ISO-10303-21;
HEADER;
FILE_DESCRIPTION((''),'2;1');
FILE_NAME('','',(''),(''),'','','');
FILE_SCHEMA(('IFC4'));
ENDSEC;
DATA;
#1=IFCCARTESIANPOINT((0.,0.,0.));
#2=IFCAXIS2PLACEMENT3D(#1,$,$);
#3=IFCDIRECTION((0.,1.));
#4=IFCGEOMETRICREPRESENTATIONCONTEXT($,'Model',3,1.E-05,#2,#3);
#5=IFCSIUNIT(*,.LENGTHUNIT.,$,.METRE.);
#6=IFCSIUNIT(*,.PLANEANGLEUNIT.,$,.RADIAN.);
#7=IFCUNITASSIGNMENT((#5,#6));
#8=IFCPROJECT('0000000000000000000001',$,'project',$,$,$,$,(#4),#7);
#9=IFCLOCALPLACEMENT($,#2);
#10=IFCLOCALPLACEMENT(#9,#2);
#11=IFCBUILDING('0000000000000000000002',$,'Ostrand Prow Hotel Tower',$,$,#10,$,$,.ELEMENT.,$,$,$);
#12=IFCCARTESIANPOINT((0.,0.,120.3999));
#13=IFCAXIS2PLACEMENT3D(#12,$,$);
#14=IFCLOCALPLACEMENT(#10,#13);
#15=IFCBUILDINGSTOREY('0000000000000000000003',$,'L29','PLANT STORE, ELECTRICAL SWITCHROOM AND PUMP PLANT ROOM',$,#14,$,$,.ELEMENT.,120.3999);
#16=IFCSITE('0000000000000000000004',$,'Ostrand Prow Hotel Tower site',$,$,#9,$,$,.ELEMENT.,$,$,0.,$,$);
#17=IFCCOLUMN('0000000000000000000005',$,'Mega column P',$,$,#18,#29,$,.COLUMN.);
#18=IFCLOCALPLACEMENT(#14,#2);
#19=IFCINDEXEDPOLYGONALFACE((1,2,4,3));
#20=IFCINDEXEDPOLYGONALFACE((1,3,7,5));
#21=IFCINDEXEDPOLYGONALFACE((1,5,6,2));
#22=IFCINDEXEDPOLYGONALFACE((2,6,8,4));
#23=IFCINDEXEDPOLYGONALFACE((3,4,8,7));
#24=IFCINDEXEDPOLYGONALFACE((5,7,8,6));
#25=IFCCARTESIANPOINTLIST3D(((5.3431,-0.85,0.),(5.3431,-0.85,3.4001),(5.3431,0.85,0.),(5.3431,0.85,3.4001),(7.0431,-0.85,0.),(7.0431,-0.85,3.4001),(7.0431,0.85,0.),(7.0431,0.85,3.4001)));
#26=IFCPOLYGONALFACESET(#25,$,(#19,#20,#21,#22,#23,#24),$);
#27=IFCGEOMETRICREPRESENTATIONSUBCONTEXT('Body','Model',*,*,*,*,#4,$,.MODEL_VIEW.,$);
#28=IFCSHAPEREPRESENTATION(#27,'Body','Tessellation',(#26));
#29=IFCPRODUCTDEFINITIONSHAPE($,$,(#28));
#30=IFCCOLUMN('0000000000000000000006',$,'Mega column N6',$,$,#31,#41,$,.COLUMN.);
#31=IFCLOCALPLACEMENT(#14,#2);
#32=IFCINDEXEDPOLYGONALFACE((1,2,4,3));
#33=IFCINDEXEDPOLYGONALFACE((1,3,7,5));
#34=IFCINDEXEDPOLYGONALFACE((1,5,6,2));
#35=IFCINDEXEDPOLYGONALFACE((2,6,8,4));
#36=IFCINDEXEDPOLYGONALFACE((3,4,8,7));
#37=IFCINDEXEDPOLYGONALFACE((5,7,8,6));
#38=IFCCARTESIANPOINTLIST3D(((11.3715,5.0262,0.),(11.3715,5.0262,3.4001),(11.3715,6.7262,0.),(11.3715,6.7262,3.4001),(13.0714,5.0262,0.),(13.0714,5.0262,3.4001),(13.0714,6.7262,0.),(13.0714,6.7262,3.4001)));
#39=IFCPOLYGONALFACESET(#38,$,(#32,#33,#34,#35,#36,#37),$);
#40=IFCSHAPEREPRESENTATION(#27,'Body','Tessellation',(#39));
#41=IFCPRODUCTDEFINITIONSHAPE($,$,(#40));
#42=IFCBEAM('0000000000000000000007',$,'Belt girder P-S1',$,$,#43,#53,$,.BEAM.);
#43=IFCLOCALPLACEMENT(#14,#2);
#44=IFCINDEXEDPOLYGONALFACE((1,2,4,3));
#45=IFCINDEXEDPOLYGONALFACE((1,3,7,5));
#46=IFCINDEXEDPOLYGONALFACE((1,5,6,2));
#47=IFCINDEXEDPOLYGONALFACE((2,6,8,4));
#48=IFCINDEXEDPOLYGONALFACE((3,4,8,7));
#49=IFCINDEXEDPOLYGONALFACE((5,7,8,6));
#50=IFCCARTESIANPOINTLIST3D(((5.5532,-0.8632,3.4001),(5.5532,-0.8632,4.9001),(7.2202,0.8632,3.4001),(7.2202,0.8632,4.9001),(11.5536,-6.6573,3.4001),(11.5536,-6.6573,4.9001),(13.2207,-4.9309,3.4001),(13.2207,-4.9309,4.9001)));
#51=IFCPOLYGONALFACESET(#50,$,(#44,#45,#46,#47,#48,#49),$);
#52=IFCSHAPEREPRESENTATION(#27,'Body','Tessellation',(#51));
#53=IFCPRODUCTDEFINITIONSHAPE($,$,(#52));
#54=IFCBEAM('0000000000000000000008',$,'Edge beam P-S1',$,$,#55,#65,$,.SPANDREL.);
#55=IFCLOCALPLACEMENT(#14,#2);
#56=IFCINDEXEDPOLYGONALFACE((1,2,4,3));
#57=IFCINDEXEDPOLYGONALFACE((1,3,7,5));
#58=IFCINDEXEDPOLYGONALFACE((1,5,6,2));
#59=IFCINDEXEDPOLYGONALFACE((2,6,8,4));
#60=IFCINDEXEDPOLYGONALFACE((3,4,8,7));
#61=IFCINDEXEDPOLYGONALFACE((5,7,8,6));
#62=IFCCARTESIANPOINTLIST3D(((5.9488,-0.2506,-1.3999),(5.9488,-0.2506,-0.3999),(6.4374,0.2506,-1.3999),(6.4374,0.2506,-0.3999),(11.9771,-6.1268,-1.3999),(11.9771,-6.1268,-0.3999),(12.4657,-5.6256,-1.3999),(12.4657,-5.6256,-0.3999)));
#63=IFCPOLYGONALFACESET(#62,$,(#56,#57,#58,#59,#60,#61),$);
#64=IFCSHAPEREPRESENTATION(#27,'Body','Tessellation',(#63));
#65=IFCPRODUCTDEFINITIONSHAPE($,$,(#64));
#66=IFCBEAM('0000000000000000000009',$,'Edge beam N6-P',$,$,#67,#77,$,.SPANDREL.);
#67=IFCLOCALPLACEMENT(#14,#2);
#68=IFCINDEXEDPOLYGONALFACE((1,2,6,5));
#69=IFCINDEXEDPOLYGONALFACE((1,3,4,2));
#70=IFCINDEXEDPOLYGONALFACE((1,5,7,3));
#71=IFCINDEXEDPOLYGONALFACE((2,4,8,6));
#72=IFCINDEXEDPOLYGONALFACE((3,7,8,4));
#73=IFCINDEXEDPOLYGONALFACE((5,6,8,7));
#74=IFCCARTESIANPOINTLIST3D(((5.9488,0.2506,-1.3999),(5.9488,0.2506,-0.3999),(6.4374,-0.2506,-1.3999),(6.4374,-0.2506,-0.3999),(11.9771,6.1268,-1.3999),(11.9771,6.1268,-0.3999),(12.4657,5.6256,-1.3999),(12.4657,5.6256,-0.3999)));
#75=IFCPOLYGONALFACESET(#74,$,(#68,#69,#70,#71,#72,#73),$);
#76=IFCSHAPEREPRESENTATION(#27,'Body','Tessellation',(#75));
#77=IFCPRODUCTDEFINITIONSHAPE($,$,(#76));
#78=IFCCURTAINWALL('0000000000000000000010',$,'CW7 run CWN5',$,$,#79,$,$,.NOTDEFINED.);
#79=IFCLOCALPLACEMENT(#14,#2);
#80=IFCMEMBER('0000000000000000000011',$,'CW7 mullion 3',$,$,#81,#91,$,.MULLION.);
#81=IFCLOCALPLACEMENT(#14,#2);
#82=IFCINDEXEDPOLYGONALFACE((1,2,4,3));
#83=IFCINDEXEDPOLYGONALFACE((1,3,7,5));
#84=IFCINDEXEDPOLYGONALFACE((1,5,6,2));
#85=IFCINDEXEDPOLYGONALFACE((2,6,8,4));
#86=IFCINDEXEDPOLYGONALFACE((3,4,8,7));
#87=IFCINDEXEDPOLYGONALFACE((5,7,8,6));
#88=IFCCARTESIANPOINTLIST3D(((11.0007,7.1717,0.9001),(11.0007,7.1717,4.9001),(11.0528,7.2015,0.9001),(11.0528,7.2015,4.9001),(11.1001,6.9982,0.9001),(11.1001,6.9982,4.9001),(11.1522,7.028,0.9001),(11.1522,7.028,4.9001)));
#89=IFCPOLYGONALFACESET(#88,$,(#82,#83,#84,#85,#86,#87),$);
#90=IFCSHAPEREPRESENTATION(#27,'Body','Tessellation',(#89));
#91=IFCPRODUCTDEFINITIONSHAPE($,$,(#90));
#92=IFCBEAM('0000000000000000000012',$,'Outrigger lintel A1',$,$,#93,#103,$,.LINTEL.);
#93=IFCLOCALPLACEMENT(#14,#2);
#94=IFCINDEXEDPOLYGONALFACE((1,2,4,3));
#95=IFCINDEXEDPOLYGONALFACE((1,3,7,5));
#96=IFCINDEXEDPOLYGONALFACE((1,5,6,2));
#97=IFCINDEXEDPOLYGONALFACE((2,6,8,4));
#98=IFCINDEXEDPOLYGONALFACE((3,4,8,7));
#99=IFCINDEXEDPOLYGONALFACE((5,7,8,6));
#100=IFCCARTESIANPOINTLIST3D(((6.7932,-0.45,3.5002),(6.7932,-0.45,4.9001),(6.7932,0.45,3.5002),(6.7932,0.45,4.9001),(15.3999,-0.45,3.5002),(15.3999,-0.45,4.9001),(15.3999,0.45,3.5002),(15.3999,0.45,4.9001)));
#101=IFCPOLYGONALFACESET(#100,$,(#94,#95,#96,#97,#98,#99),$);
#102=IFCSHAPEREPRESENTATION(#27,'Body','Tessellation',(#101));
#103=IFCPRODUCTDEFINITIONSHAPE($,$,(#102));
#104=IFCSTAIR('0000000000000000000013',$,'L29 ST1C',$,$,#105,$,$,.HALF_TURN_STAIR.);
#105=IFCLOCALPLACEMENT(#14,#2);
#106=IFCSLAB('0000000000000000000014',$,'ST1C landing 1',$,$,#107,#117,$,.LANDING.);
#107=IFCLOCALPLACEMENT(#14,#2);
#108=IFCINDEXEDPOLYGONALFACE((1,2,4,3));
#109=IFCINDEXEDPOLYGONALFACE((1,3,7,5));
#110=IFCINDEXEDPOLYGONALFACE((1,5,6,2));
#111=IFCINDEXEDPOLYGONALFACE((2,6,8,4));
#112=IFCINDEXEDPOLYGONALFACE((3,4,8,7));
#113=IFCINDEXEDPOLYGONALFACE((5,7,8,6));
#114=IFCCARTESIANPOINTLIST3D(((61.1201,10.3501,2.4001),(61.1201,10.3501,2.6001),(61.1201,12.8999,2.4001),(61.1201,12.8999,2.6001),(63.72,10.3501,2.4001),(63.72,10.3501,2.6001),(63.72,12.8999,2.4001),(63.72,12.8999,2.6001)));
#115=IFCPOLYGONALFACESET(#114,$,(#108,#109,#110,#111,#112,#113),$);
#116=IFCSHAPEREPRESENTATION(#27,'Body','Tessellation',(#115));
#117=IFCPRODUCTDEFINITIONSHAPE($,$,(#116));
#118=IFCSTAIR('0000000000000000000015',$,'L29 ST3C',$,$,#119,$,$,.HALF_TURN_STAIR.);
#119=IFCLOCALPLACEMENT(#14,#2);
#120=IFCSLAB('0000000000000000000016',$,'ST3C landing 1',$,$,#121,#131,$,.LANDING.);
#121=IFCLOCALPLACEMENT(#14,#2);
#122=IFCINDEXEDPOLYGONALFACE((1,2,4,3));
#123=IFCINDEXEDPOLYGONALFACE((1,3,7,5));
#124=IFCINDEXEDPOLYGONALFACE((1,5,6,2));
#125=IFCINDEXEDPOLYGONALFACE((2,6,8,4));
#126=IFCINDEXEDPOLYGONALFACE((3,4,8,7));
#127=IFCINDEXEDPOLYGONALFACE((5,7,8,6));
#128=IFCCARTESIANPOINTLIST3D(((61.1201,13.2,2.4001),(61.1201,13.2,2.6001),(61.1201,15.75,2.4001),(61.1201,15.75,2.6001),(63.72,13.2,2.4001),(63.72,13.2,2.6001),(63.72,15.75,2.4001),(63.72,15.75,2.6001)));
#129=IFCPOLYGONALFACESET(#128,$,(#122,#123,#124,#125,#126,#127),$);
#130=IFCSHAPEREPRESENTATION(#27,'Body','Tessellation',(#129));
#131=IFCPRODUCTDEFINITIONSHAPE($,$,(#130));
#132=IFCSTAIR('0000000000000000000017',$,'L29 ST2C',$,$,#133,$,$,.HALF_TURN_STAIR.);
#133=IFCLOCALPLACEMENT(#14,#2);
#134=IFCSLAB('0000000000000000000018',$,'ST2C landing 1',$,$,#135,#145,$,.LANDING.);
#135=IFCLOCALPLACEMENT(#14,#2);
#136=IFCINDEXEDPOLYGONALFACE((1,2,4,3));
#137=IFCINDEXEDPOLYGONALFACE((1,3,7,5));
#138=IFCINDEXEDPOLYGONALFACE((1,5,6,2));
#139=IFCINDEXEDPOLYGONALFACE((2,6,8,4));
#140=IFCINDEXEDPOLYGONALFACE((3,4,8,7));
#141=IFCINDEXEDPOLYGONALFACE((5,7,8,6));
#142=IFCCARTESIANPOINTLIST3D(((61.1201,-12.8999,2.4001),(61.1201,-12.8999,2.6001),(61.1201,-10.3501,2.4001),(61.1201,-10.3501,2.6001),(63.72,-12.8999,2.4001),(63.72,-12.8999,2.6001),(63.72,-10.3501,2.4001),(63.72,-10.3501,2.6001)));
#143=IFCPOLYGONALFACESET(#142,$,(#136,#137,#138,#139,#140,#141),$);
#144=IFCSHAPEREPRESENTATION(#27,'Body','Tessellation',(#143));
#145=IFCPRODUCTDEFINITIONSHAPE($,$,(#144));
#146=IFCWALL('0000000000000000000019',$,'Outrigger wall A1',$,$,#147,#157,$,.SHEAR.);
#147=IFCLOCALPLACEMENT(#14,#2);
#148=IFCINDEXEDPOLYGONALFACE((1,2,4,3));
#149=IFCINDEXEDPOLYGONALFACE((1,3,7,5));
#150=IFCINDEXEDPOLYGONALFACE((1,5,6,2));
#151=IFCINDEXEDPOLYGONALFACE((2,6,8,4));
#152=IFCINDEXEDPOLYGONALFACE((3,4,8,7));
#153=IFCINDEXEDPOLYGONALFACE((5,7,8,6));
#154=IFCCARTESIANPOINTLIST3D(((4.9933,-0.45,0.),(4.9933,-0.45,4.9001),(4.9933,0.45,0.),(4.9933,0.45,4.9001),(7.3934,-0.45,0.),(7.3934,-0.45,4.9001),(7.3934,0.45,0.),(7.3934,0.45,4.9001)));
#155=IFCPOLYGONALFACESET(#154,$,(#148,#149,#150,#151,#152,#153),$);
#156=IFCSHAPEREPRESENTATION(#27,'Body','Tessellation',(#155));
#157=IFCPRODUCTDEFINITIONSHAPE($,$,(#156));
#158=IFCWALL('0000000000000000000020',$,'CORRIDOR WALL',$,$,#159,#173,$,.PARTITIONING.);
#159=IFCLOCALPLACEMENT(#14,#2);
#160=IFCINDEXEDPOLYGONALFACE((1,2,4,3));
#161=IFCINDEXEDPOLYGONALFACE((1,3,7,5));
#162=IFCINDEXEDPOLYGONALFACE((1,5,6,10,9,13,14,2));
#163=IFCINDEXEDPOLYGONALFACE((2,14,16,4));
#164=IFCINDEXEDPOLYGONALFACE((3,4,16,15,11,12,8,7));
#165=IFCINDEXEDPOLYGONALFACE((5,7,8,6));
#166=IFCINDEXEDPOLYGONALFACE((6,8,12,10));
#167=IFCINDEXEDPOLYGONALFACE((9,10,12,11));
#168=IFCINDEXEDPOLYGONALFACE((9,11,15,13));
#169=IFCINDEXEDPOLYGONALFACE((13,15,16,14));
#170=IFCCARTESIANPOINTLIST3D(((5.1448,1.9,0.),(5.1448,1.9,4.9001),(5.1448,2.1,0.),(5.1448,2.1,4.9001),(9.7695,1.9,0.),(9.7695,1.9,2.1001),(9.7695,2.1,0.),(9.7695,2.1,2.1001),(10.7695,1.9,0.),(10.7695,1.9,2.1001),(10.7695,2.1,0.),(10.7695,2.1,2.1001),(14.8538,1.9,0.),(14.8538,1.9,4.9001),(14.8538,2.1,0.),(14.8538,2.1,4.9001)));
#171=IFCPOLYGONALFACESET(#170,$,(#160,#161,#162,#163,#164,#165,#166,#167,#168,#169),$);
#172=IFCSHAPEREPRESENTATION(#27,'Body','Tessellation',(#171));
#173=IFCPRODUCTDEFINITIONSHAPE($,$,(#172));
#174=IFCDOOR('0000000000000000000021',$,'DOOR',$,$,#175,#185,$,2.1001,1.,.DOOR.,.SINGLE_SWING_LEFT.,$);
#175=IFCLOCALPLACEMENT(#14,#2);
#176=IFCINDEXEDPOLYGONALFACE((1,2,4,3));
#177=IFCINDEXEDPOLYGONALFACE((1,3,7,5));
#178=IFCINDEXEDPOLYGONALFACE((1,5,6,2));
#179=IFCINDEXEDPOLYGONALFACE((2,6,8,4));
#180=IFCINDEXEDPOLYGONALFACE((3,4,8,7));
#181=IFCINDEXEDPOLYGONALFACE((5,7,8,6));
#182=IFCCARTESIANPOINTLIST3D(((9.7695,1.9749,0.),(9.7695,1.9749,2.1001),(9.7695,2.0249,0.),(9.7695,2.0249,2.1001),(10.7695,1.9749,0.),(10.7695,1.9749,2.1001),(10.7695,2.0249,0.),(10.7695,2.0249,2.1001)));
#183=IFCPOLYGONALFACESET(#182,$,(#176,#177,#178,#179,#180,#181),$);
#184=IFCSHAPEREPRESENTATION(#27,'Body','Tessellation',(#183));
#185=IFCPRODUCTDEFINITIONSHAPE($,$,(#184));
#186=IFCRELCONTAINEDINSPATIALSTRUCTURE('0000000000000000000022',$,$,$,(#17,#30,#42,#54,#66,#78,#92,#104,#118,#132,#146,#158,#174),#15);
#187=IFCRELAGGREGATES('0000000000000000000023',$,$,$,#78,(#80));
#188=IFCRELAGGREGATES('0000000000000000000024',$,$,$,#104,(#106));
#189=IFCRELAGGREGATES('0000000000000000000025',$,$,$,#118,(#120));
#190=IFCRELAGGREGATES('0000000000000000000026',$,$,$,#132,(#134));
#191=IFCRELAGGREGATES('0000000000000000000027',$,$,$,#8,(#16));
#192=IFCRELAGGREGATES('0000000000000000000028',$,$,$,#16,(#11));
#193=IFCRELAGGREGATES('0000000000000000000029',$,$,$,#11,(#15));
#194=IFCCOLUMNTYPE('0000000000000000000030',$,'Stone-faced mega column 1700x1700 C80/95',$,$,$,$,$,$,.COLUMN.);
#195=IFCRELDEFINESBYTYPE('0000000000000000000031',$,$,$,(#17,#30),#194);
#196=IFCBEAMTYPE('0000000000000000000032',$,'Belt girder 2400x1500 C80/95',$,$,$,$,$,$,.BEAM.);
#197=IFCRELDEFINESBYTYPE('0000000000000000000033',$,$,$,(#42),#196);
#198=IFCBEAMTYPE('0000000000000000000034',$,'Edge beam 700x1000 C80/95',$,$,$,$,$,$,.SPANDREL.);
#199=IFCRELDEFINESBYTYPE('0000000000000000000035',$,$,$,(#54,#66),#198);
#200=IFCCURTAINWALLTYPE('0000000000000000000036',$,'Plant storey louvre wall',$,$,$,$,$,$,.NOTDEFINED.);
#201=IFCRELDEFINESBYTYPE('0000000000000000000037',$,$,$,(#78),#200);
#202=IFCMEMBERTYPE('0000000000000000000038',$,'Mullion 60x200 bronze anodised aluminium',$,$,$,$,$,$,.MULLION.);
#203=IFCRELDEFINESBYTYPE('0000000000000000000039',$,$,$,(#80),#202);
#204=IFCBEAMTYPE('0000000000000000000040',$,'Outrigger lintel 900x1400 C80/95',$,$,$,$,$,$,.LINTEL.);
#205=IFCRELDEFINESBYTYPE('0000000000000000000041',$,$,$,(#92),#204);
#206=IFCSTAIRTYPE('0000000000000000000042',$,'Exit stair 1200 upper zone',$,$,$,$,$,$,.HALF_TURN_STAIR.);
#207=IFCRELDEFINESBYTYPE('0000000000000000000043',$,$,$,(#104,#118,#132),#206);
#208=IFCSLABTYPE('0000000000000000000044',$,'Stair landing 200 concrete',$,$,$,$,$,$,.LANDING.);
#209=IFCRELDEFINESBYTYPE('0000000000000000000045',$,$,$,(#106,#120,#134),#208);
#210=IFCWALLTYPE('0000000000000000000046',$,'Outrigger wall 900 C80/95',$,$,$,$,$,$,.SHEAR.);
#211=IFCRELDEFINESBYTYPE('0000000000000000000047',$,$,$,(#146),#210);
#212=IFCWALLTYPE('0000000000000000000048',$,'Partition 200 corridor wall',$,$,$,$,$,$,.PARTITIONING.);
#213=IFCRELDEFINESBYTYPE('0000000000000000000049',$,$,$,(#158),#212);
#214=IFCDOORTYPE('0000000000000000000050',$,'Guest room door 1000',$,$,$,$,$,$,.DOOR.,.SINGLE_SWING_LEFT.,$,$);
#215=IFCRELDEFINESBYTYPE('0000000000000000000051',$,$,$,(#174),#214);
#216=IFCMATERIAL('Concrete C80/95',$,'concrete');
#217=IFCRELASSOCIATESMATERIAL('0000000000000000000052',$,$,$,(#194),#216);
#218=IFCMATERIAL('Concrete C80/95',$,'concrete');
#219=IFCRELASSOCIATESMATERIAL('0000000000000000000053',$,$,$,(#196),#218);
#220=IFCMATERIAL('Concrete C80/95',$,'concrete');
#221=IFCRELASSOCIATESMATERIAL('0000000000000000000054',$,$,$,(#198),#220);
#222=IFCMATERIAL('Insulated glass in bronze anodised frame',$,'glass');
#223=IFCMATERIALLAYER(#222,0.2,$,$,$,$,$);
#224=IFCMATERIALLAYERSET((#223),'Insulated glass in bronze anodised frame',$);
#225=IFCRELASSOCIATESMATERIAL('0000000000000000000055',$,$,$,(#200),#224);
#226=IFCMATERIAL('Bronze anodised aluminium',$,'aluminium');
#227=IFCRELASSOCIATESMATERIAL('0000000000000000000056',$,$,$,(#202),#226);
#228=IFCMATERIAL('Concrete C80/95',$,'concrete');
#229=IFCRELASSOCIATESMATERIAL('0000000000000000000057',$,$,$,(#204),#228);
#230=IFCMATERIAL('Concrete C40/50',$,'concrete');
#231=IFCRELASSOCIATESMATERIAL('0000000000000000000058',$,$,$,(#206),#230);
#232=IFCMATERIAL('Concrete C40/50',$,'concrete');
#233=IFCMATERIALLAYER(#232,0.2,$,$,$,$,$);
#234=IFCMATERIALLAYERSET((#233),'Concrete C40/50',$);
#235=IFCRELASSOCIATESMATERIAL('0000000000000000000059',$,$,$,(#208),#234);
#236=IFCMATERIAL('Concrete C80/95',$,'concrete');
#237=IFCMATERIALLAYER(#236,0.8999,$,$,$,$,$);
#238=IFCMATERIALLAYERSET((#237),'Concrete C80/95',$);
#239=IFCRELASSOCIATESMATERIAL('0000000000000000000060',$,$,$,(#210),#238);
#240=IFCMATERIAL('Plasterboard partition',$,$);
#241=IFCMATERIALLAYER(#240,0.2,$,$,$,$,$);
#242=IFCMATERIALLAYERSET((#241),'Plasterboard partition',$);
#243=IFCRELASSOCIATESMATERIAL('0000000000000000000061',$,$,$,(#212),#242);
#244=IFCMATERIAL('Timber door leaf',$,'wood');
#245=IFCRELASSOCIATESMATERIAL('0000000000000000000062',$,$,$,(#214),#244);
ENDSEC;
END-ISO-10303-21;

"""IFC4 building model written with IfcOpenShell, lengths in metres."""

from ifc_helpers import new_model, si_unit, direction, frame, frame_2d, origin, origin_2d, place, context, subcontext, project, spatial, polyline, rectangle, outline, extrude, material, layer, layer_set, material_profile, profile_set, type_object, element, fill, aggregate, save


model = new_model("IFC4")

# Units and contexts
model_context = context("Model", 3, precision=1e-05, world=origin(), true_north=direction((0.0, 1.0)))
body_context = subcontext(model_context, "Body", "Model", "MODEL_VIEW")
ifc_project = project(units=[si_unit("LENGTHUNIT", "METRE"), si_unit("PLANEANGLEUNIT", "RADIAN")], contexts=[model_context])

# Site, building, storey
site_placement = place(None, origin())
site = spatial("IfcSite", under=ifc_project, at=site_placement, Name="Ostrand Prow Hotel Tower site", CompositionType="ELEMENT", RefElevation=0.0)
building_placement = place(site_placement, origin())
building = spatial("IfcBuilding", under=site, at=building_placement, Name="Ostrand Prow Hotel Tower", CompositionType="ELEMENT")
storey_placement = place(building_placement, frame((0.0, 0.0, 120.3999)))
storey = spatial("IfcBuildingStorey", under=building, at=storey_placement, Name="L29", Description="PLANT STORE, ELECTRICAL SWITCHROOM AND PUMP PLANT ROOM", CompositionType="ELEMENT", Elevation=120.3999)

# Columns
ifc_material_1 = material(Name="Concrete C80/95", Category="concrete")
ifc_material_profile_1 = material_profile(ifc_material_1, rectangle(XDim=1.7, YDim=1.7, at=origin_2d()), Name="RC 1700x1700")
ifc_profile_set_1 = profile_set([ifc_material_profile_1], Name="Concrete C80/95")
column_type = type_object("IfcColumnType", Name="Stone-faced mega column 1700x1700 C80/95", PredefinedType="COLUMN", material=ifc_profile_set_1)
for number, where, z_axis, x_axis, name in (
    (1, (6.1931, 0.0, 0.0), (0.0, 0.0, 1.0), (1.0, 0.0, 0.0), "Mega column P"),
    (2, (12.2214, 5.8762, 0.0), (0.0, 0.0, 1.0), (1.0, 0.0, 0.0), "Mega column N6"),
):
    element("IfcColumn", number, at=place(storey_placement, frame(where, z_axis=z_axis, x_axis=x_axis)), inside=storey, type_object=column_type, Name=name, PredefinedType="COLUMN", context=body_context, shape_type="SweptSolid", body=[
        extrude(rectangle(XDim=1.7, YDim=1.7, at=origin_2d()), origin(), (0.0, 0.0, 1.0), 3.4001),
    ])

# Beams
ifc_material_2 = material(Name="Concrete C80/95", Category="concrete")
ifc_material_profile_2 = material_profile(ifc_material_2, rectangle(XDim=2.3999, YDim=1.5, at=origin_2d()), Name="RC 2400x1500")
ifc_profile_set_2 = profile_set([ifc_material_profile_2], Name="Concrete C80/95")
beam_type_1 = type_object("IfcBeamType", Name="Belt girder 2400x1500 C80/95", PredefinedType="BEAM", material=ifc_profile_set_2)
beam_1_placement = place(storey_placement, frame((6.3867, 0.0, 4.1501), z_axis=(0.719365, -0.694633, 0.0), x_axis=(0.694633, 0.719365, 0.0)))
element("IfcBeam", 3, at=beam_1_placement, inside=storey, type_object=beam_type_1, Name="Belt girder P-S1", PredefinedType="BEAM", context=body_context, shape_type="SweptSolid", body=[
    extrude(rectangle(XDim=2.3999, YDim=1.5, at=origin_2d()), origin(), (0.0, 0.0, 1.0), 8.3413),
])
ifc_material_3 = material(Name="Concrete C80/95", Category="concrete")
ifc_material_profile_3 = material_profile(ifc_material_3, rectangle(XDim=0.7, YDim=1.0, at=origin_2d()), Name="RC 700x1000")
ifc_profile_set_3 = profile_set([ifc_material_profile_3], Name="Concrete C80/95")
beam_type_2 = type_object("IfcBeamType", Name="Edge beam 700x1000 C80/95", PredefinedType="SPANDREL", material=ifc_profile_set_3)
for number, where, z_axis, x_axis, name in (
    (4, (6.1931, 0.0, -0.8999), (0.716083, -0.698015, 0.0), (0.698015, 0.716083, 0.0), "Edge beam P-S1"),
    (5, (12.2214, 5.8762, -0.8999), (-0.716083, -0.698015, 0.0), (0.698015, -0.716083, 0.0), "Edge beam N6-P"),
):
    element("IfcBeam", number, at=place(storey_placement, frame(where, z_axis=z_axis, x_axis=x_axis)), inside=storey, type_object=beam_type_2, Name=name, PredefinedType="SPANDREL", context=body_context, shape_type="SweptSolid", body=[
        extrude(rectangle(XDim=0.7, YDim=1.0, at=origin_2d()), origin(), (0.0, 0.0, 1.0), 8.4185),
    ])

# Curtain wall, member
ifc_material_4 = material(Name="Insulated glass in bronze anodised frame", Category="glass")
ifc_layer_1 = layer(ifc_material_4, 0.2)
ifc_layer_set_1 = layer_set([ifc_layer_1], Name="Insulated glass in bronze anodised frame")
curtain_wall_type = type_object("IfcCurtainWallType", Name="Plant storey louvre wall", PredefinedType="NOTDEFINED", material=ifc_layer_set_1)
curtain_wall_placement = place(storey_placement, origin())
curtain_wall = element("IfcCurtainWall", 6, at=curtain_wall_placement, inside=storey, type_object=curtain_wall_type, Name="CW7 run CWN5", PredefinedType="NOTDEFINED")
ifc_material_5 = material(Name="Bronze anodised aluminium", Category="aluminium")
ifc_material_profile_4 = material_profile(ifc_material_5, rectangle(XDim=0.2, YDim=0.0601, at=origin_2d()), Name="Mullion 60x200 bronze anodised aluminium")
ifc_profile_set_4 = profile_set([ifc_material_profile_4], Name="Bronze anodised aluminium")
member_type = type_object("IfcMemberType", Name="Mullion 60x200 bronze anodised aluminium", PredefinedType="MULLION", material=ifc_profile_set_4)
member_placement = place(storey_placement, frame((11.0764, 7.0999, 0.9001), z_axis=(0.0, 0.0, 1.0), x_axis=(0.497115, -0.867685, 0.0)))
member = element("IfcMember", 7, at=member_placement, type_object=member_type, Name="CW7 mullion 3", PredefinedType="MULLION", context=body_context, shape_type="SweptSolid", body=[
    extrude(rectangle(XDim=0.2, YDim=0.0601, at=origin_2d()), origin(), (0.0, 0.0, 1.0), 4.0),
])
aggregate(curtain_wall, [member])

# Beam
ifc_material_6 = material(Name="Concrete C80/95", Category="concrete")
ifc_material_profile_5 = material_profile(ifc_material_6, rectangle(XDim=0.8999, YDim=1.3999, at=origin_2d()), Name="RC 900x1400")
ifc_profile_set_5 = profile_set([ifc_material_profile_5], Name="Concrete C80/95")
beam_type_3 = type_object("IfcBeamType", Name="Outrigger lintel 900x1400 C80/95", PredefinedType="LINTEL", material=ifc_profile_set_5)
beam_2_placement = place(storey_placement, frame((6.7932, 0.0, 4.2002), z_axis=(1.0, 0.0, 0.0), x_axis=(0.0, 1.0, 0.0)))
element("IfcBeam", 8, at=beam_2_placement, inside=storey, type_object=beam_type_3, Name="Outrigger lintel A1", PredefinedType="LINTEL", context=body_context, shape_type="SweptSolid", body=[
    extrude(rectangle(XDim=0.8999, YDim=1.3999, at=origin_2d()), origin(), (0.0, 0.0, 1.0), 8.6067),
])

# Stairs, slabs
ifc_material_7 = material(Name="Concrete C40/50", Category="concrete")
stair_type = type_object("IfcStairType", Name="Exit stair 1200 upper zone", PredefinedType="HALF_TURN_STAIR", material=ifc_material_7)
stair_1_placement = place(storey_placement, origin())
stair_1 = element("IfcStair", 9, at=stair_1_placement, inside=storey, type_object=stair_type, Name="L29 ST1C", PredefinedType="HALF_TURN_STAIR")
ifc_material_8 = material(Name="Concrete C40/50", Category="concrete")
ifc_layer_2 = layer(ifc_material_8, 0.2)
ifc_layer_set_2 = layer_set([ifc_layer_2], Name="Concrete C40/50")
slab_type = type_object("IfcSlabType", Name="Stair landing 200 concrete", PredefinedType="LANDING", material=ifc_layer_set_2)
slab_1_placement = place(storey_placement, frame((0.0, 0.0, 2.4001)))
slab_1 = element("IfcSlab", 10, at=slab_1_placement, type_object=slab_type, Name="ST1C landing 1", PredefinedType="LANDING", context=body_context, shape_type="SweptSolid", body=[
    extrude(outline(polyline([(61.1201, 10.3501), (63.72, 10.3501), (63.72, 12.8999), (61.1201, 12.8999), (61.1201, 10.3501)])), origin(), (0.0, 0.0, 1.0), 0.2),
])
aggregate(stair_1, [slab_1])
stair_2_placement = place(storey_placement, origin())
stair_2 = element("IfcStair", 11, at=stair_2_placement, inside=storey, type_object=stair_type, Name="L29 ST3C", PredefinedType="HALF_TURN_STAIR")
slab_2_placement = place(storey_placement, frame((0.0, 0.0, 2.4001)))
slab_2 = element("IfcSlab", 12, at=slab_2_placement, type_object=slab_type, Name="ST3C landing 1", PredefinedType="LANDING", context=body_context, shape_type="SweptSolid", body=[
    extrude(outline(polyline([(61.1201, 13.2), (63.72, 13.2), (63.72, 15.75), (61.1201, 15.75), (61.1201, 13.2)])), origin(), (0.0, 0.0, 1.0), 0.2),
])
aggregate(stair_2, [slab_2])
stair_3_placement = place(storey_placement, origin())
stair_3 = element("IfcStair", 13, at=stair_3_placement, inside=storey, type_object=stair_type, Name="L29 ST2C", PredefinedType="HALF_TURN_STAIR")
slab_3_placement = place(storey_placement, frame((0.0, 0.0, 2.4001)))
slab_3 = element("IfcSlab", 14, at=slab_3_placement, type_object=slab_type, Name="ST2C landing 1", PredefinedType="LANDING", context=body_context, shape_type="SweptSolid", body=[
    extrude(outline(polyline([(61.1201, -12.8999), (63.72, -12.8999), (63.72, -10.3501), (61.1201, -10.3501), (61.1201, -12.8999)])), origin(), (0.0, 0.0, 1.0), 0.2),
])
aggregate(stair_3, [slab_3])

# Wall
ifc_material_9 = material(Name="Concrete C80/95", Category="concrete")
ifc_layer_3 = layer(ifc_material_9, 0.8999)
ifc_layer_set_3 = layer_set([ifc_layer_3], Name="Concrete C80/95")
wall_type_1 = type_object("IfcWallType", Name="Outrigger wall 900 C80/95", PredefinedType="SHEAR", material=ifc_layer_set_3)
wall_1_placement = place(storey_placement, frame((4.9932, 0.0, 0.0), z_axis=(0.0, 0.0, 1.0), x_axis=(1.0, 0.0, 0.0)))
element("IfcWall", 15, at=wall_1_placement, inside=storey, type_object=wall_type_1, Name="Outrigger wall A1", PredefinedType="SHEAR", context=body_context, shape_type="SweptSolid", body=[
    extrude(rectangle(XDim=2.4001, YDim=0.8999, at=frame_2d((1.2002, 0.0))), origin(), (0.0, 0.0, 1.0), 4.9001),
])

# Wall, opening, door
ifc_material_10 = material(Name="Plasterboard partition")
ifc_layer_4 = layer(ifc_material_10, 0.2)
ifc_layer_set_4 = layer_set([ifc_layer_4], Name="Plasterboard partition")
wall_type_2 = type_object("IfcWallType", Name="Partition 200 corridor wall", PredefinedType="PARTITIONING", material=ifc_layer_set_4)
wall_2_placement = place(storey_placement, frame((5.1448, 2.0, 0.0), z_axis=(0.0, 0.0, 1.0), x_axis=(1.0, 0.0, 0.0)))
wall_2 = element("IfcWall", 16, at=wall_2_placement, inside=storey, type_object=wall_type_2, Name="CORRIDOR WALL", PredefinedType="PARTITIONING", context=body_context, shape_type="SweptSolid", body=[
    extrude(rectangle(XDim=9.709, YDim=0.2, at=frame_2d((4.8545, 0.0))), origin(), (0.0, 0.0, 1.0), 4.9001),
])
opening_placement = place(wall_2_placement, frame((4.6248, 0.0, 0.0)))
opening = element("IfcOpeningElement", 17, at=opening_placement, cuts=wall_2, PredefinedType="OPENING", context=body_context, shape_type="SweptSolid", body=[
    extrude(rectangle(XDim=1.0, YDim=2.1001, at=frame_2d((0.5, 1.05))), frame((0.0, 0.1099, 0.0), z_axis=(0.0, -1.0, 0.0), x_axis=(1.0, 0.0, 0.0)), (0.0, 0.0, 1.0), 0.22),
])
ifc_material_11 = material(Name="Timber door leaf", Category="wood")
door_type = type_object("IfcDoorType", Name="Guest room door 1000", OperationType="SINGLE_SWING_LEFT", PredefinedType="DOOR", material=ifc_material_11)
door_placement = place(opening_placement, origin())
door = element("IfcDoor", 18, at=door_placement, inside=storey, type_object=door_type, Name="DOOR", OperationType="SINGLE_SWING_LEFT", OverallHeight=2.1001, OverallWidth=1.0, PredefinedType="DOOR", context=body_context, shape_type="SweptSolid", body=[
    extrude(rectangle(XDim=1.0, YDim=2.1001, at=frame_2d((0.5, 1.05))), frame((0.0, 0.0249, 0.0), z_axis=(0.0, -1.0, 0.0), x_axis=(1.0, 0.0, 0.0)), (0.0, 0.0, 1.0), 0.05),
])
fill(opening, door)

save(model, "model.ifc")
